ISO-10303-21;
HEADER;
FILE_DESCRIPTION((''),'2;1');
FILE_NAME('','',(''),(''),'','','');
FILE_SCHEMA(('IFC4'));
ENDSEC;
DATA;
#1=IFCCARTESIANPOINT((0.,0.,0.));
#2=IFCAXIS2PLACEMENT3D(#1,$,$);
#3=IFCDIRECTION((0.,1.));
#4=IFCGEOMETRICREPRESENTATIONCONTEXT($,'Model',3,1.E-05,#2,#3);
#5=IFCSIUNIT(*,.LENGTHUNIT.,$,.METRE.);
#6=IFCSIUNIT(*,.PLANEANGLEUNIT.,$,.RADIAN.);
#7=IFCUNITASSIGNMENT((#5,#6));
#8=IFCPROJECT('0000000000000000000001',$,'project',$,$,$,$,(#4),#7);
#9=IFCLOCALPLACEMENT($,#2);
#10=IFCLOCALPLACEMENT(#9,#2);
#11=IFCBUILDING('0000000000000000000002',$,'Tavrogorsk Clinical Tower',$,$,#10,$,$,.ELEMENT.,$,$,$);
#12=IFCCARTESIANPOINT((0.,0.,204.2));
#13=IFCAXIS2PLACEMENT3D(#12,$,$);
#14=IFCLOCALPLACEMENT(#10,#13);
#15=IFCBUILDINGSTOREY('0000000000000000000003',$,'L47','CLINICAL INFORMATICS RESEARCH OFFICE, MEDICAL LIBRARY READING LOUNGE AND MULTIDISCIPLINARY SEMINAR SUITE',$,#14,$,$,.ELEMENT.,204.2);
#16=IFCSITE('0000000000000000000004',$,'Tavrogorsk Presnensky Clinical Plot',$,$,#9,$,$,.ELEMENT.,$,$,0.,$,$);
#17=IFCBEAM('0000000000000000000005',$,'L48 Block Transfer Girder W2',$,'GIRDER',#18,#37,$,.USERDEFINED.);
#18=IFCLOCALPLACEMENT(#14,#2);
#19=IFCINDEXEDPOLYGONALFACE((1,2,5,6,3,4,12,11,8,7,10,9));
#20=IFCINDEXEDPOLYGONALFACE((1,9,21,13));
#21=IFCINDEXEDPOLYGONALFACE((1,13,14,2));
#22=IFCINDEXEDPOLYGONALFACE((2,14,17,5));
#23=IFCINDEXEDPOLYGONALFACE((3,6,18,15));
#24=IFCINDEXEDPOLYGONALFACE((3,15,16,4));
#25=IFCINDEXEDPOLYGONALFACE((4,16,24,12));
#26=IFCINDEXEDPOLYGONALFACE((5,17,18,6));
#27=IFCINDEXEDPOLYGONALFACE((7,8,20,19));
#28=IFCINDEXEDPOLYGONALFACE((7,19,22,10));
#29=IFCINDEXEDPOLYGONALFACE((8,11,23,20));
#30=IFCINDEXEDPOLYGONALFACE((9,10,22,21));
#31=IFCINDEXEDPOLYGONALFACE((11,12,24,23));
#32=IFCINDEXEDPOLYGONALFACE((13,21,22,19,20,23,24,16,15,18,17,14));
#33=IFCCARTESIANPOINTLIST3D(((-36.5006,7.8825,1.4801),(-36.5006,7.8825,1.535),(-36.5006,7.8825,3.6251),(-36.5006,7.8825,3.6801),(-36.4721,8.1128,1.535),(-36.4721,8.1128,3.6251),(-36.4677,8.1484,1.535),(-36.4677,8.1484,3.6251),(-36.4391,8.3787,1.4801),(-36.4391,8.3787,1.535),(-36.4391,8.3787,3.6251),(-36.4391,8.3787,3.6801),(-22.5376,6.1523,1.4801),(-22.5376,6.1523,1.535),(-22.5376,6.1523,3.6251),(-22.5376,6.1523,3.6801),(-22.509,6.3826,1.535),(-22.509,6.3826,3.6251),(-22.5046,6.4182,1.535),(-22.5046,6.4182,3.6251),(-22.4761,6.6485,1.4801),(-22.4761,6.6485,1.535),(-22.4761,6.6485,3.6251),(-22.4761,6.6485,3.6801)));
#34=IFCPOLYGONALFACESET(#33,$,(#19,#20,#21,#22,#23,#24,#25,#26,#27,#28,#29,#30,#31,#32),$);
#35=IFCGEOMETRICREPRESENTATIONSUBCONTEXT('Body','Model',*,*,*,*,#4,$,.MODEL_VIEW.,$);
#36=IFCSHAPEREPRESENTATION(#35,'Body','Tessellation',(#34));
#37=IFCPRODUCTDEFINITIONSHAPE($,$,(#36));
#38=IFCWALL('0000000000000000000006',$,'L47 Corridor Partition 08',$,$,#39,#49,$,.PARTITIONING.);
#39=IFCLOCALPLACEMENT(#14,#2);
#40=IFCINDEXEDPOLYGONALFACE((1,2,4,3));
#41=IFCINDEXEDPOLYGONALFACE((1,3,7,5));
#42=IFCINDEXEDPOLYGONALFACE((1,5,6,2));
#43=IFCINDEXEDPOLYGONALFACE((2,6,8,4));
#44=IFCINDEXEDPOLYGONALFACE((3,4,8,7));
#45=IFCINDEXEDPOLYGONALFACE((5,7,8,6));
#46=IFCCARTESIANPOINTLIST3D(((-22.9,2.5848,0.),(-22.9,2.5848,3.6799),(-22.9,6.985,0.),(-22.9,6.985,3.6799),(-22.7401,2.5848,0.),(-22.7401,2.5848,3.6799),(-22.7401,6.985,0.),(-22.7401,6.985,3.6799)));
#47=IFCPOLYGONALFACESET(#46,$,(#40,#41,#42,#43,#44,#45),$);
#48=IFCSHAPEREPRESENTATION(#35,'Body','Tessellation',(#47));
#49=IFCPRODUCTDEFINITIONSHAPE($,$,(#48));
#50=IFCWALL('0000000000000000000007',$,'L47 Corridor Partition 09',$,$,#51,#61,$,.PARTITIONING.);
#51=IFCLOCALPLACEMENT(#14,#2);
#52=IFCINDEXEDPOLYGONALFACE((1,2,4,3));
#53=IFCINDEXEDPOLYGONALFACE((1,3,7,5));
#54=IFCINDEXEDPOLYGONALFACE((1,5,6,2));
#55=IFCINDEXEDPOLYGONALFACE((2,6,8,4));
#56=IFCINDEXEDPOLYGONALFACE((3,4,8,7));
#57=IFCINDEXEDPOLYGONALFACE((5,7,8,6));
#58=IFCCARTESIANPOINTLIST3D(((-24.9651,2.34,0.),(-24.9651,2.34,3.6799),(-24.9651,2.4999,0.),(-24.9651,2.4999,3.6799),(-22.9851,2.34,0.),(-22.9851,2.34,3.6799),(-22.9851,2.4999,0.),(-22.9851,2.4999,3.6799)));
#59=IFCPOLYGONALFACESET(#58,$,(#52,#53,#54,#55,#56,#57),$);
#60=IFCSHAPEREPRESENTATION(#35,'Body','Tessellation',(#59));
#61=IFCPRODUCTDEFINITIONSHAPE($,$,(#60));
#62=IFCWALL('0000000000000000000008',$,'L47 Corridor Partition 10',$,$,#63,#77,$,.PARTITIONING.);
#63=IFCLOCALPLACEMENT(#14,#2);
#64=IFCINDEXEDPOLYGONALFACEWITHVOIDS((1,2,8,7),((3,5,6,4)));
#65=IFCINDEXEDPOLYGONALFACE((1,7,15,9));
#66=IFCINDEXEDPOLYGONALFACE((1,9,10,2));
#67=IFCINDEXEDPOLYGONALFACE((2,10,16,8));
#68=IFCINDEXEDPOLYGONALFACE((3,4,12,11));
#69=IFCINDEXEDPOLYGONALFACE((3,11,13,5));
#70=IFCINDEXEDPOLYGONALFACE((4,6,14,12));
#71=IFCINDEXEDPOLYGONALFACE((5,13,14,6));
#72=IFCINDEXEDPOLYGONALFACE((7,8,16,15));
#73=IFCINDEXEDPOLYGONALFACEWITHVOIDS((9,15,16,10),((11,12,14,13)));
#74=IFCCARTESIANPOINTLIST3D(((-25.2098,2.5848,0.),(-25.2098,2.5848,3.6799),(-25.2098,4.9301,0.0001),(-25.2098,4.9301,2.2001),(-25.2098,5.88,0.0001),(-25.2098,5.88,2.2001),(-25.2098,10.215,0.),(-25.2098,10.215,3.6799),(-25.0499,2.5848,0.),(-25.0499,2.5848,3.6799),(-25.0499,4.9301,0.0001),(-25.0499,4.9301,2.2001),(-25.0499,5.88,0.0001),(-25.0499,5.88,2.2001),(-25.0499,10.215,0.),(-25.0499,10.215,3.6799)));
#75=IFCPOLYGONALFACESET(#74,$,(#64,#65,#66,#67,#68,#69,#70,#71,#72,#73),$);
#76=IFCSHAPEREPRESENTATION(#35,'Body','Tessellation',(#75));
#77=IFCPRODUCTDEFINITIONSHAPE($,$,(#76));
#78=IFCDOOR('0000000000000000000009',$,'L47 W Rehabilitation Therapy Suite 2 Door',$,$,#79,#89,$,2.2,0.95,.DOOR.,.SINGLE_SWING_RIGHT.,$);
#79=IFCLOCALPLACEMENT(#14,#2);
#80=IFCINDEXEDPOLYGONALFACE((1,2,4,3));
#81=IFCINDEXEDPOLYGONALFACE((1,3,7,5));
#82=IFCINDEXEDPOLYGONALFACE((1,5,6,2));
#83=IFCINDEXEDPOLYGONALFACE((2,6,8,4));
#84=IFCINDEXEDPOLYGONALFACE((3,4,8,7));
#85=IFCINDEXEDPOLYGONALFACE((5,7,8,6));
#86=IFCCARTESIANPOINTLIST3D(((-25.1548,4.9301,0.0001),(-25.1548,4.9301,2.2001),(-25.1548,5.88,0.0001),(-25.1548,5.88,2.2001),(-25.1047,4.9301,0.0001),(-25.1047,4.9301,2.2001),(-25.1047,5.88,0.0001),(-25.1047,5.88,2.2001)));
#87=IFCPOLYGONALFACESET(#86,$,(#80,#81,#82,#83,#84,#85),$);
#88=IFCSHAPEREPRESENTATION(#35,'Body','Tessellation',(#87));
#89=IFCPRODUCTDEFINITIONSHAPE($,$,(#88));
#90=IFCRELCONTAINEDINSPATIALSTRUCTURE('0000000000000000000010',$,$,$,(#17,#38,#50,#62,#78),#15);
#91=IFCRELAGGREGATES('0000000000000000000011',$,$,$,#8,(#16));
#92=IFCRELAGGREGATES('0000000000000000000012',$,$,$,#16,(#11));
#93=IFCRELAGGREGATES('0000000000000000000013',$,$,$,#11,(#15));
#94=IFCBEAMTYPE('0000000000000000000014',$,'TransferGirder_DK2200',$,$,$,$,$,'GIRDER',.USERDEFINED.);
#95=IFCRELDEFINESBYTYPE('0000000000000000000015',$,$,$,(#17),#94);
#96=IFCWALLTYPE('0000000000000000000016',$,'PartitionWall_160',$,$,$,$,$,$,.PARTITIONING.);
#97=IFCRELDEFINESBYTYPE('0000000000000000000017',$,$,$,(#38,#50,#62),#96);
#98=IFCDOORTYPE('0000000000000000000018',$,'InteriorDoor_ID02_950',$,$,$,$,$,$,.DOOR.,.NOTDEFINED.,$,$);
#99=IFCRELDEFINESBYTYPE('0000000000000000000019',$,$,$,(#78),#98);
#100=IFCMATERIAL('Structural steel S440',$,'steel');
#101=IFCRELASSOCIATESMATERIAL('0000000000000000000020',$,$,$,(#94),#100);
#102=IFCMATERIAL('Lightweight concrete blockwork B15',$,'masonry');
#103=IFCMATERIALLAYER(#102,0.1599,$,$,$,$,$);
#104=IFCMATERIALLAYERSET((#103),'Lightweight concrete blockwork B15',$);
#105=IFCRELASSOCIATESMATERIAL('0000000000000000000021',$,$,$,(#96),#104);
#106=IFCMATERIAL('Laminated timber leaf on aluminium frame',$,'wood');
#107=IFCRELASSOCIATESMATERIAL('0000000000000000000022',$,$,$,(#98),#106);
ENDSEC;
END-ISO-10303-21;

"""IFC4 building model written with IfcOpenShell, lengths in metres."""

from ifc_helpers import new_model, si_unit, direction, frame, frame_2d, origin, origin_2d, place, context, subcontext, project, spatial, rectangle, i_section, extrude, material, layer, layer_set, material_profile, profile_set, type_object, element, fill, save


model = new_model("IFC4")

# Units and contexts
model_context = context("Model", 3, precision=1e-05, world=origin(), true_north=direction((0.0, 1.0)))
body_context = subcontext(model_context, "Body", "Model", "MODEL_VIEW")
ifc_project = project(units=[si_unit("LENGTHUNIT", "METRE"), si_unit("PLANEANGLEUNIT", "RADIAN")], contexts=[model_context])

# Site, building, storey
site_placement = place(None, origin())
site = spatial("IfcSite", under=ifc_project, at=site_placement, Name="Tavrogorsk Presnensky Clinical Plot", CompositionType="ELEMENT", RefElevation=0.0)
building_placement = place(site_placement, origin())
building = spatial("IfcBuilding", under=site, at=building_placement, Name="Tavrogorsk Clinical Tower", CompositionType="ELEMENT")
storey_placement = place(building_placement, frame((0.0, 0.0, 204.2)))
storey = spatial("IfcBuildingStorey", under=building, at=storey_placement, Name="L47", Description="CLINICAL INFORMATICS RESEARCH OFFICE, MEDICAL LIBRARY READING LOUNGE AND MULTIDISCIPLINARY SEMINAR SUITE", CompositionType="ELEMENT", Elevation=204.2)

# Beam
ifc_material_1 = material(Name="Structural steel S440", Category="steel")
ifc_material_profile_1 = material_profile(ifc_material_1, i_section(OverallWidth=0.5, OverallDepth=2.2, WebThickness=0.0359, FlangeThickness=0.0549, at=origin_2d()), Name="DK-2200x500x36x55")
ifc_profile_set_1 = profile_set([ifc_material_profile_1], Name="Structural steel S440")
beam_type_1 = type_object("IfcBeamType", Name="TransferGirder_DK2200", ElementType="GIRDER", PredefinedType="USERDEFINED", material=ifc_profile_set_1)
beam_1_placement = place(storey_placement, frame((-22.5068, 6.4004, 2.5801), z_axis=(-0.99241, 0.122973, 0.0), x_axis=(-0.122973, -0.99241, 0.0)))
element("IfcBeam", 1, at=beam_1_placement, inside=storey, type_object=beam_type_1, Name="L48 Block Transfer Girder W2", ObjectType="GIRDER", PredefinedType="USERDEFINED", context=body_context, shape_type="SweptSolid", body=[
    extrude(i_section(OverallWidth=0.5, OverallDepth=2.2, WebThickness=0.0359, FlangeThickness=0.0549, at=origin_2d()), origin(), (0.0, 0.0, 1.0), 14.0698),
])

# Walls
ifc_material_2 = material(Name="Lightweight concrete blockwork B15", Category="masonry")
ifc_layer_1 = layer(ifc_material_2, 0.1599)
ifc_layer_set_1 = layer_set([ifc_layer_1], Name="Lightweight concrete blockwork B15")
wall_type_1 = type_object("IfcWallType", Name="PartitionWall_160", PredefinedType="PARTITIONING", material=ifc_layer_set_1)
wall_1_placement = place(storey_placement, frame((-22.8201, 6.9851, 0.0), z_axis=(0.0, 0.0, 1.0), x_axis=(0.0, -1.0, 0.0)))
element("IfcWall", 2, at=wall_1_placement, inside=storey, type_object=wall_type_1, Name="L47 Corridor Partition 08", PredefinedType="PARTITIONING", context=body_context, shape_type="SweptSolid", body=[
    extrude(rectangle(XDim=4.4001, YDim=0.1599, at=frame_2d((2.2002, 0.0))), origin(), (0.0, 0.0, 1.0), 3.6799),
])
wall_2_placement = place(storey_placement, frame((-22.9851, 2.4199, 0.0), z_axis=(0.0, 0.0, 1.0), x_axis=(-1.0, 0.0, 0.0)))
element("IfcWall", 3, at=wall_2_placement, inside=storey, type_object=wall_type_1, Name="L47 Corridor Partition 09", PredefinedType="PARTITIONING", context=body_context, shape_type="SweptSolid", body=[
    extrude(rectangle(XDim=1.98, YDim=0.1599, at=frame_2d((0.99, 0.0))), origin(), (0.0, 0.0, 1.0), 3.6799),
])

# Wall, opening, door
wall_3_placement = place(storey_placement, frame((-25.1299, 2.585, 0.0), z_axis=(0.0, 0.0, 1.0), x_axis=(0.0, 1.0, 0.0)))
wall_3 = element("IfcWall", 4, at=wall_3_placement, inside=storey, type_object=wall_type_1, Name="L47 Corridor Partition 10", PredefinedType="PARTITIONING", context=body_context, shape_type="SweptSolid", body=[
    extrude(rectangle(XDim=7.6301, YDim=0.1599, at=frame_2d((3.8149, 0.0))), origin(), (0.0, 0.0, 1.0), 3.6799),
])
opening_1_placement = place(wall_3_placement, frame((2.345, 0.0, 0.0)))
opening_1 = element("IfcOpeningElement", 5, at=opening_1_placement, cuts=wall_3, PredefinedType="OPENING", context=body_context, shape_type="SweptSolid", body=[
    extrude(rectangle(XDim=0.95, YDim=2.2, at=frame_2d((0.4751, 1.1001))), frame((0.0, 0.0898, 0.0), z_axis=(0.0, -1.0, 0.0), x_axis=(1.0, 0.0, 0.0)), (0.0, 0.0, 1.0), 0.1799),
])
ifc_material_3 = material(Name="Laminated timber leaf on aluminium frame", Category="wood")
door_type_1 = type_object("IfcDoorType", Name="InteriorDoor_ID02_950", OperationType="NOTDEFINED", PredefinedType="DOOR", material=ifc_material_3)
door_1_placement = place(opening_1_placement, origin())
door_1 = element("IfcDoor", 6, at=door_1_placement, inside=storey, type_object=door_type_1, Name="L47 W Rehabilitation Therapy Suite 2 Door", OperationType="SINGLE_SWING_RIGHT", OverallHeight=2.2, OverallWidth=0.95, PredefinedType="DOOR", context=body_context, shape_type="SweptSolid", body=[
    extrude(rectangle(XDim=0.95, YDim=2.2, at=frame_2d((0.4751, 1.1001))), frame((0.0, 0.0249, 0.0), z_axis=(0.0, -1.0, 0.0), x_axis=(1.0, 0.0, 0.0)), (0.0, 0.0, 1.0), 0.05),
])
fill(opening_1, door_1)

save(model, "model.ifc")
